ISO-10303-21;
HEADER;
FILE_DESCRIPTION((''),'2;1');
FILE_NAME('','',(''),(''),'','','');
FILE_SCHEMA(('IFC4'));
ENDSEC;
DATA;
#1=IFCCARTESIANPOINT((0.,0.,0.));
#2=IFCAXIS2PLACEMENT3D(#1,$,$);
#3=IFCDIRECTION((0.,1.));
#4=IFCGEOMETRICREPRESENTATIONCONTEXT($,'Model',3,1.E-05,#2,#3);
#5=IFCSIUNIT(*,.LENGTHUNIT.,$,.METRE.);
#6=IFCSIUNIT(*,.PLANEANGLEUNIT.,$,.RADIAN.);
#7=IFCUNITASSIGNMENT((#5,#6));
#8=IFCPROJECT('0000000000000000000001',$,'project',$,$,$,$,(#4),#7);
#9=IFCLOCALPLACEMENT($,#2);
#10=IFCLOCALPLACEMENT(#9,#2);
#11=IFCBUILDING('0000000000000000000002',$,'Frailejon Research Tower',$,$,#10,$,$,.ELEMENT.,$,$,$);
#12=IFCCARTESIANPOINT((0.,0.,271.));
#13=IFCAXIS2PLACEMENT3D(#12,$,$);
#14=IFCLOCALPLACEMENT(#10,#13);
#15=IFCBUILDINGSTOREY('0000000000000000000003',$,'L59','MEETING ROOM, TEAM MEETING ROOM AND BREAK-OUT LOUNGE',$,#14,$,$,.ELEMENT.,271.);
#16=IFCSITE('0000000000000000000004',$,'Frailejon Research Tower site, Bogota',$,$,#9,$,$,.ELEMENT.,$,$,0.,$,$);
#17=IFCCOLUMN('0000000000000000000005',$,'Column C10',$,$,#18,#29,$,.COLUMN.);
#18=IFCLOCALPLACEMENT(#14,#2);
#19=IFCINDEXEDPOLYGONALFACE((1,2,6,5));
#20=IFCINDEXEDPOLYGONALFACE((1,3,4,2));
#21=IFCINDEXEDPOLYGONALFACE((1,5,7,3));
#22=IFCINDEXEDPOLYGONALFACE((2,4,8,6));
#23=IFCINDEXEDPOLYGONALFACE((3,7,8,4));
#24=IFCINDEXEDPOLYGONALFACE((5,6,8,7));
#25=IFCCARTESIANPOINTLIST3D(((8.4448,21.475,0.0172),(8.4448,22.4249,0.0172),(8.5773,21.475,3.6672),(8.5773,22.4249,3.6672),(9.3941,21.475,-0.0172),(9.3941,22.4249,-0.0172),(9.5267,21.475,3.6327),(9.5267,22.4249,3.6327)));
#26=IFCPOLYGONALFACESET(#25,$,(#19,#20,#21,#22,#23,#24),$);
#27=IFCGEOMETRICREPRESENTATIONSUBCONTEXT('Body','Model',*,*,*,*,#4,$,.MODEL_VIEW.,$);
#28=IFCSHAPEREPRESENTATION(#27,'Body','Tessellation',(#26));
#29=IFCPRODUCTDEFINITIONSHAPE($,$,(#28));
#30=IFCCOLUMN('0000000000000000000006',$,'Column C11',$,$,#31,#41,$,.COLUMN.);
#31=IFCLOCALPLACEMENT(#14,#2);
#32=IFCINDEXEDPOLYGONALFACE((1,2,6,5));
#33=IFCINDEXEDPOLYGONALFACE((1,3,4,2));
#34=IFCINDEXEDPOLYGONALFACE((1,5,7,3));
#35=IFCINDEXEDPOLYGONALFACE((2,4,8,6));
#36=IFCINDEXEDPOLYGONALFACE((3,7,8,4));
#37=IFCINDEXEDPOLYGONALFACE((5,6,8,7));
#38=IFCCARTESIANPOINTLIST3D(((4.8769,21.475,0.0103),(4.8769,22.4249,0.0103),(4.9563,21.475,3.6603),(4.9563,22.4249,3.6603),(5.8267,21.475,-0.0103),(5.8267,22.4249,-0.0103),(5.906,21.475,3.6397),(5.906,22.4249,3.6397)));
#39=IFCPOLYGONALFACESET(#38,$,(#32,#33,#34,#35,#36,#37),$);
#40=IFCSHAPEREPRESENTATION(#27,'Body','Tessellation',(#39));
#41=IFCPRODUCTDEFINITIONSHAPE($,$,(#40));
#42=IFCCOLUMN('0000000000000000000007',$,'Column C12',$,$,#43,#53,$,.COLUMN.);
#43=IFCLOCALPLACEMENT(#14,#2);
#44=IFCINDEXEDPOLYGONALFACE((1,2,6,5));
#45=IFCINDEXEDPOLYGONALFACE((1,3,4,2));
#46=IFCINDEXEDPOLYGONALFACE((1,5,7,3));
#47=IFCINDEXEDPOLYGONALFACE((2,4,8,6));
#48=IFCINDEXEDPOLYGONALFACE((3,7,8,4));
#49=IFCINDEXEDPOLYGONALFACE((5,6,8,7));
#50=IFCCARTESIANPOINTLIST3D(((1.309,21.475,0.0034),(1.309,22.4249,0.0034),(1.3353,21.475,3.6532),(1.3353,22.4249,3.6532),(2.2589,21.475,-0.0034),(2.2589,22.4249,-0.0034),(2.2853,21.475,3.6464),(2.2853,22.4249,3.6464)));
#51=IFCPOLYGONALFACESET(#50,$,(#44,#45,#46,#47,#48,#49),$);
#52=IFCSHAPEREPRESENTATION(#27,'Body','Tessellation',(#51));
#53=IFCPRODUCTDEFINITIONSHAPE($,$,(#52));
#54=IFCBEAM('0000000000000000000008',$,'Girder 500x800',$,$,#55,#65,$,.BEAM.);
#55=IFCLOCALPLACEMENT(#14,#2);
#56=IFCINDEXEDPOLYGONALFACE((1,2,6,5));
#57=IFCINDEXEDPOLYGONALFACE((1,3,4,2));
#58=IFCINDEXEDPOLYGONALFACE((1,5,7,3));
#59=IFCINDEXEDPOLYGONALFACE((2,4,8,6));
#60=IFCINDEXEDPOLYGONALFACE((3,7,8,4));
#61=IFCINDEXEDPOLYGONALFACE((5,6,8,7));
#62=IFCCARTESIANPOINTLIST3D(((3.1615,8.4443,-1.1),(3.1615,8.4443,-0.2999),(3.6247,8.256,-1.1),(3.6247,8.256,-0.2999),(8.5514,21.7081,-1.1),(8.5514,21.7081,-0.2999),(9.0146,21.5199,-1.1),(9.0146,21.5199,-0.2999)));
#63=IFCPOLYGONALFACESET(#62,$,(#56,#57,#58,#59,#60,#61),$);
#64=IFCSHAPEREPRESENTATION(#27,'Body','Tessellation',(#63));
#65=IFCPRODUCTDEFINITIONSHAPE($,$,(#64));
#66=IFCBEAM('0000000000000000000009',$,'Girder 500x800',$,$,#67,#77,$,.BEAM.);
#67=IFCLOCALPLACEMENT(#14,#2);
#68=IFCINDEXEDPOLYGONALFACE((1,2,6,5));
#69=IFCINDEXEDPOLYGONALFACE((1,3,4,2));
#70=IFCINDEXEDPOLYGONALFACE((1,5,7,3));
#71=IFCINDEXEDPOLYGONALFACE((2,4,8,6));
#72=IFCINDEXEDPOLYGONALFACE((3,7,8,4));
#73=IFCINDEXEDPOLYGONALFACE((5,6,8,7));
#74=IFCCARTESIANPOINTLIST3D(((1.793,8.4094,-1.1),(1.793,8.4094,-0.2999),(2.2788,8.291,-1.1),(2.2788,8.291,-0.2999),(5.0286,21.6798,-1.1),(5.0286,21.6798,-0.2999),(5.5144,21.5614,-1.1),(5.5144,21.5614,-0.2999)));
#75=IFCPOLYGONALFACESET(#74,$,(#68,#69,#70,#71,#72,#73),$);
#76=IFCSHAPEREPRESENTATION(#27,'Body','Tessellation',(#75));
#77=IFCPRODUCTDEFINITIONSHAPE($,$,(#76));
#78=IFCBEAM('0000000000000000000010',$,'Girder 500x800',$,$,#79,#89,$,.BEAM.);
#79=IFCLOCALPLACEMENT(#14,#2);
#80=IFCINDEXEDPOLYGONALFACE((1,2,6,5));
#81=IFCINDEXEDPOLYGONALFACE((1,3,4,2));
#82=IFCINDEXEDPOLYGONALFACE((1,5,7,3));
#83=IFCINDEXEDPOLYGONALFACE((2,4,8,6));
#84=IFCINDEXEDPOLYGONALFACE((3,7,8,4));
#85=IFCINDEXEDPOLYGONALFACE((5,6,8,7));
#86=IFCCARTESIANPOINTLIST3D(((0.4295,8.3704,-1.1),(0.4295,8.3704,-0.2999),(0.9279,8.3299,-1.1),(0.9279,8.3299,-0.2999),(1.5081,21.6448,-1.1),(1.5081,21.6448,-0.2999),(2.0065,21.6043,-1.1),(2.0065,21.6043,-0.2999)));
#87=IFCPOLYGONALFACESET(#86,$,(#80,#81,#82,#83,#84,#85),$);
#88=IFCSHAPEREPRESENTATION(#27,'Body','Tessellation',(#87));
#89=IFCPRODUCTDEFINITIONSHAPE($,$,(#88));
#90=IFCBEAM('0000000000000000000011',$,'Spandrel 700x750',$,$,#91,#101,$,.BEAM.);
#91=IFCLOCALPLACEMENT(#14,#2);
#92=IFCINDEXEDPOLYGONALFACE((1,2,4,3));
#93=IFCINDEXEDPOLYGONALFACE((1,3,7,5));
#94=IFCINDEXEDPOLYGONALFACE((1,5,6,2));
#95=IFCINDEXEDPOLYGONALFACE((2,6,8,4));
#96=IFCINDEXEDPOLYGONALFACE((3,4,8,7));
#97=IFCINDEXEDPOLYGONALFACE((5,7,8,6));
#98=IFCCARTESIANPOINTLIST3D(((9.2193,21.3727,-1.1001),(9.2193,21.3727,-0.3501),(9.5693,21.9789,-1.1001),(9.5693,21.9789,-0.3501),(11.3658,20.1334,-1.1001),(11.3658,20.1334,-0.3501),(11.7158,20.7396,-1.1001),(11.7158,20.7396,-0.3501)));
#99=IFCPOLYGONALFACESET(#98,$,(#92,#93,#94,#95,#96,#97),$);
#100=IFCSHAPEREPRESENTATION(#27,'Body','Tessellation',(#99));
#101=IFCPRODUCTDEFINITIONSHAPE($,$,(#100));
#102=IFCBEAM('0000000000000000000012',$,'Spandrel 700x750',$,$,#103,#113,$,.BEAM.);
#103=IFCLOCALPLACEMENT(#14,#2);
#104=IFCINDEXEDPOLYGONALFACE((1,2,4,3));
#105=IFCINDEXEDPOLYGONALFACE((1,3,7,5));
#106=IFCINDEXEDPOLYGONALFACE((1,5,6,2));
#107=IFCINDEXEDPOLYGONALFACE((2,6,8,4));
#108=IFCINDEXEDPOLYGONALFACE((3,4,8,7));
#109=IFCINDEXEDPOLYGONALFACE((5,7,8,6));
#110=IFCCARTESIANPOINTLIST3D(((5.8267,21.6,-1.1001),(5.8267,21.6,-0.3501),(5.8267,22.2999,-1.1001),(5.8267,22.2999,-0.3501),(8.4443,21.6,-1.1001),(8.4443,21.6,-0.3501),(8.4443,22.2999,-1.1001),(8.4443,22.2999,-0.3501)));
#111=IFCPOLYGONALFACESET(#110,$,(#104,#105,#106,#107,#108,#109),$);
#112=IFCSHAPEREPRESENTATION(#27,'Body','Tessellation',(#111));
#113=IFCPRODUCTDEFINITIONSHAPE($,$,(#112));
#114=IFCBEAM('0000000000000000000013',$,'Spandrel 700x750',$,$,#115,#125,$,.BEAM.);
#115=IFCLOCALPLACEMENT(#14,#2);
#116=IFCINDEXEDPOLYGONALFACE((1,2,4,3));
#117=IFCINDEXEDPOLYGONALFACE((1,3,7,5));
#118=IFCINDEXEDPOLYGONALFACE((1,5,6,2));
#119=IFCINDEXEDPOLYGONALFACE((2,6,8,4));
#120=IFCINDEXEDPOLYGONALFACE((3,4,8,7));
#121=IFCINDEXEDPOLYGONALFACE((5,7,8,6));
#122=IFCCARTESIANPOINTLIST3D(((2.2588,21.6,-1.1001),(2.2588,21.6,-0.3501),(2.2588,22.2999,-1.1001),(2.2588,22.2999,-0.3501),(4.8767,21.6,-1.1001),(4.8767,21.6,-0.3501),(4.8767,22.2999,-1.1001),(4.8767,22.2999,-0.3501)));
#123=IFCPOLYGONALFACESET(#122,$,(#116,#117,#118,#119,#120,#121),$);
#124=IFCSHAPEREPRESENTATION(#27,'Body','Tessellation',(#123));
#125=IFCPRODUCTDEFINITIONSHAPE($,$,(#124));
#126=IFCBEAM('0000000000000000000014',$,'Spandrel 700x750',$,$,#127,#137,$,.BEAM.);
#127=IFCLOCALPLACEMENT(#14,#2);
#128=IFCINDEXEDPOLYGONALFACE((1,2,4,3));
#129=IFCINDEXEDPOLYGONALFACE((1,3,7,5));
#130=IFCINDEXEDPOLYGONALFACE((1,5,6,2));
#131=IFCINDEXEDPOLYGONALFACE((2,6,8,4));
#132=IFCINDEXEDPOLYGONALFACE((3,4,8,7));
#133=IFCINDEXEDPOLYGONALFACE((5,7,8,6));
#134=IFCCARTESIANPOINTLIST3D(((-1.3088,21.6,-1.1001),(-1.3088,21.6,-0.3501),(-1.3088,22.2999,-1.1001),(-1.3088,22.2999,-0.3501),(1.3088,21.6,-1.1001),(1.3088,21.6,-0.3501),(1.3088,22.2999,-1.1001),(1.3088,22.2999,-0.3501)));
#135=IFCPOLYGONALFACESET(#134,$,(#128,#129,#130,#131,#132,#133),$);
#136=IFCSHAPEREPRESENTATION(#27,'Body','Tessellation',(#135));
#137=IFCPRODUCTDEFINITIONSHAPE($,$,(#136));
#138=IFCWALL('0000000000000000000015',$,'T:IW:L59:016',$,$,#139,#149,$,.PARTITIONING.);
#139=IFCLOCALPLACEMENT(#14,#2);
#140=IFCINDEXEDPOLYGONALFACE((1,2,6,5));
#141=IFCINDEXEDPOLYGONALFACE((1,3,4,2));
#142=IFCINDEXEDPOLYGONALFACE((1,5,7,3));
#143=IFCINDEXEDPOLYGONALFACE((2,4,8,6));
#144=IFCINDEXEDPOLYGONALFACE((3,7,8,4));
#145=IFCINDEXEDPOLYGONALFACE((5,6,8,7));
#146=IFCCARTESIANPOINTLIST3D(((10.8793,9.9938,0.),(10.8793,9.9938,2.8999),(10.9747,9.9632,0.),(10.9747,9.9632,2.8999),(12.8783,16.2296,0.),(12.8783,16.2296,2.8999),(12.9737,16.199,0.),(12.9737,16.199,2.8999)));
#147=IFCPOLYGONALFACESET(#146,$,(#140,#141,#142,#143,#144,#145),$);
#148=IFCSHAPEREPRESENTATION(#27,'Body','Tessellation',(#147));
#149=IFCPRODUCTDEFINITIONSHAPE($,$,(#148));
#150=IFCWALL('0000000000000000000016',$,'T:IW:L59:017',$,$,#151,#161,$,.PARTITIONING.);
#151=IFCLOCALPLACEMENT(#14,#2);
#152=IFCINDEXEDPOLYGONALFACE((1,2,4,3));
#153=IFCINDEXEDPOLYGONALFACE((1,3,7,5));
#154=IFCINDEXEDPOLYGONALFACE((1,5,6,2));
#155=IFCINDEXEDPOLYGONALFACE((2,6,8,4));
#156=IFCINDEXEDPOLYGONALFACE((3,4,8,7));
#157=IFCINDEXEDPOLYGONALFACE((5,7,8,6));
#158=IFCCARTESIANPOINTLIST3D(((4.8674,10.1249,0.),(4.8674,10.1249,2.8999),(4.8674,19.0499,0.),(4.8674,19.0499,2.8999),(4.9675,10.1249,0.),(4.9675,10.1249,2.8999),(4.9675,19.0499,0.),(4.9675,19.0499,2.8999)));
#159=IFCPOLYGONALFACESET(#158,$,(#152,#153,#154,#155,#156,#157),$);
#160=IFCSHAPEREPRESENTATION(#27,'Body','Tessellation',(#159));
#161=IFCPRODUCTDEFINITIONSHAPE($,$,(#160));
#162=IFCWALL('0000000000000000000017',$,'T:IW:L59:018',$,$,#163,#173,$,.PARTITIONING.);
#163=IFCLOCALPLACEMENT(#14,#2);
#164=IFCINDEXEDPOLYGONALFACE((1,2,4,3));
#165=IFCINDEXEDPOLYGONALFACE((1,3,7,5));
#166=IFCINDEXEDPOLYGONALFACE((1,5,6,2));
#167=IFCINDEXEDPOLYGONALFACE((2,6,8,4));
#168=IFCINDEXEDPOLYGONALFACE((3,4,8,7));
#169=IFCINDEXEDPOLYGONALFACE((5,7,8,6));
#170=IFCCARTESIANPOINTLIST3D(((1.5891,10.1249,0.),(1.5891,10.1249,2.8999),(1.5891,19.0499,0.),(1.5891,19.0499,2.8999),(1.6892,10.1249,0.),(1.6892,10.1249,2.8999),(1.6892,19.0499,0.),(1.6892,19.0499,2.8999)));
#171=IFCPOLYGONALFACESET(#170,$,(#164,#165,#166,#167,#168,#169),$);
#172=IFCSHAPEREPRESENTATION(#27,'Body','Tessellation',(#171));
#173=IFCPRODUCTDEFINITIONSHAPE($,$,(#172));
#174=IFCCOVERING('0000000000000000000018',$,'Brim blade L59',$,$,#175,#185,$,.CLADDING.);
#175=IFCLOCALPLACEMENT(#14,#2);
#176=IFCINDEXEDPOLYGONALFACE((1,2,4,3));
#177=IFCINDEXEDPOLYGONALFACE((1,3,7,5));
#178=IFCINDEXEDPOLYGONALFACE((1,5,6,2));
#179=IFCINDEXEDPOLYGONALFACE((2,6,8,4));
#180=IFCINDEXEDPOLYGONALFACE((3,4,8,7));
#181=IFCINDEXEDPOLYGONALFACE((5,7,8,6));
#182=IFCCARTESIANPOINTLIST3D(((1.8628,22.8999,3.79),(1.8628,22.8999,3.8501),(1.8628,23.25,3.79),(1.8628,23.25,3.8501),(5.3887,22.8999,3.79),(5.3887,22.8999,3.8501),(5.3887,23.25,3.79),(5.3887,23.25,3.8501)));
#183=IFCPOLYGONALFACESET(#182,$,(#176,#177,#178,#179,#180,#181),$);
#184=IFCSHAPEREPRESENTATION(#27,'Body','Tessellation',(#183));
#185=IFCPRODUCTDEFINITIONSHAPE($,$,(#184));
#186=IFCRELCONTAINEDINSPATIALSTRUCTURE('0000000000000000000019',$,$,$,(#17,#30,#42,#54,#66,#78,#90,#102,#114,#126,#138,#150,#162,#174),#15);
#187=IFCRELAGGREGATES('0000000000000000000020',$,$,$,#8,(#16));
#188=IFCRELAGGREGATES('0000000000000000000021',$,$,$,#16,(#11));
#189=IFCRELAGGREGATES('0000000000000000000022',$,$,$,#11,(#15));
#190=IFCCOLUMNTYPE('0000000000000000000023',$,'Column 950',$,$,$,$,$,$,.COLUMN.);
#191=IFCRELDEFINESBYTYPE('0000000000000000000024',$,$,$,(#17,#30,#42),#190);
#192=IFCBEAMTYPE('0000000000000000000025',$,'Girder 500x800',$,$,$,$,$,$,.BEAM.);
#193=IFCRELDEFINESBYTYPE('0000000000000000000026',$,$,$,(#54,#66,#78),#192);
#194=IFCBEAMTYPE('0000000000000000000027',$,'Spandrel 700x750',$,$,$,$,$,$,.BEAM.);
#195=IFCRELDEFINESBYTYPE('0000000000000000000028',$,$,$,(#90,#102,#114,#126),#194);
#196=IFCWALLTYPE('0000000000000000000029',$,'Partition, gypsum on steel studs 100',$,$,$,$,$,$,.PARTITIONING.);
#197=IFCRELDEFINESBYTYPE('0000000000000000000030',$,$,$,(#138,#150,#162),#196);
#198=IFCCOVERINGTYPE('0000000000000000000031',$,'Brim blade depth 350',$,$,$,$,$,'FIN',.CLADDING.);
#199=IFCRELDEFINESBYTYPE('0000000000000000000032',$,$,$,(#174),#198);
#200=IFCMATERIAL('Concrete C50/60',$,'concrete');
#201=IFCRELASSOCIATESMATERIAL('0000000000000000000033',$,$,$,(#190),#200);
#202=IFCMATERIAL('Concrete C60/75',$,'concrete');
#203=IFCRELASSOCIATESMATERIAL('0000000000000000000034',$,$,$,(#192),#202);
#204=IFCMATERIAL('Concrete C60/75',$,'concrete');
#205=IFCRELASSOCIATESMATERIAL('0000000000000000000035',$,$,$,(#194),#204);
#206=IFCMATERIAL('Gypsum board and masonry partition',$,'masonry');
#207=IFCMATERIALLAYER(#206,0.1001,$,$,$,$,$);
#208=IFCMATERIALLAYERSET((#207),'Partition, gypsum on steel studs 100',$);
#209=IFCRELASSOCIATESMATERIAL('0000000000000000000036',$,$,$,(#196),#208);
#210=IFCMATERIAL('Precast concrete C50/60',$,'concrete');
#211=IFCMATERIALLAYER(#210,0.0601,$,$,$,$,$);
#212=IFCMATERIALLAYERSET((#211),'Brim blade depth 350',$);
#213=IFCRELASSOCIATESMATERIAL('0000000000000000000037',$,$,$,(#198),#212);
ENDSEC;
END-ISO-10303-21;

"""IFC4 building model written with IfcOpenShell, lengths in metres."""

from ifc_helpers import new_model, si_unit, direction, frame, frame_2d, origin, origin_2d, place, context, subcontext, project, spatial, polyline, rectangle, outline, extrude, material, layer, layer_set, material_profile, profile_set, type_object, element, save


model = new_model("IFC4")

# Units and contexts
model_context = context("Model", 3, precision=1e-05, world=origin(), true_north=direction((0.0, 1.0)))
body_context = subcontext(model_context, "Body", "Model", "MODEL_VIEW")
ifc_project = project(units=[si_unit("LENGTHUNIT", "METRE"), si_unit("PLANEANGLEUNIT", "RADIAN")], contexts=[model_context])

# Site, building, storey
site_placement = place(None, origin())
site = spatial("IfcSite", under=ifc_project, at=site_placement, Name="Frailejon Research Tower site, Bogota", CompositionType="ELEMENT", RefElevation=0.0)
building_placement = place(site_placement, origin())
building = spatial("IfcBuilding", under=site, at=building_placement, Name="Frailejon Research Tower", CompositionType="ELEMENT")
storey_placement = place(building_placement, frame((0.0, 0.0, 271.0)))
storey = spatial("IfcBuildingStorey", under=building, at=storey_placement, Name="L59", Description="MEETING ROOM, TEAM MEETING ROOM AND BREAK-OUT LOUNGE", CompositionType="ELEMENT", Elevation=271.0)

# Columns
ifc_material_1 = material(Name="Concrete C50/60", Category="concrete")
ifc_material_profile_1 = material_profile(ifc_material_1, rectangle(XDim=0.95, YDim=0.95, at=origin_2d()), Name="Column 950")
ifc_profile_set_1 = profile_set([ifc_material_profile_1], Name="Concrete C50/60")
column_type = type_object("IfcColumnType", Name="Column 950", PredefinedType="COLUMN", material=ifc_profile_set_1)
column_1_placement = place(storey_placement, frame((8.9194, 21.95, 0.0), z_axis=(0.036297, 0.0, 0.999341), x_axis=(-0.999341, 0.0, 0.036297)))
element("IfcColumn", 1, at=column_1_placement, inside=storey, type_object=column_type, Name="Column C10", PredefinedType="COLUMN", context=body_context, shape_type="SweptSolid", body=[
    extrude(rectangle(XDim=0.95, YDim=0.95, at=origin_2d()), origin(), (0.0, 0.0, 1.0), 3.6523),
])
column_2_placement = place(storey_placement, frame((5.3518, 21.95, 0.0), z_axis=(0.021734, 0.0, 0.999764), x_axis=(-0.999764, 0.0, 0.021734)))
element("IfcColumn", 2, at=column_2_placement, inside=storey, type_object=column_type, Name="Column C11", PredefinedType="COLUMN", context=body_context, shape_type="SweptSolid", body=[
    extrude(rectangle(XDim=0.95, YDim=0.95, at=origin_2d()), origin(), (0.0, 0.0, 1.0), 3.6509),
])
column_3_placement = place(storey_placement, frame((1.7839, 21.95, 0.0), z_axis=(0.007224, 0.0, 0.999974), x_axis=(-0.999974, 0.0, 0.007224)))
element("IfcColumn", 3, at=column_3_placement, inside=storey, type_object=column_type, Name="Column C12", PredefinedType="COLUMN", context=body_context, shape_type="SweptSolid", body=[
    extrude(rectangle(XDim=0.95, YDim=0.95, at=origin_2d()), origin(), (0.0, 0.0, 1.0), 3.6499),
])

# Beams
ifc_material_2 = material(Name="Concrete C60/75", Category="concrete")
ifc_material_profile_2 = material_profile(ifc_material_2, rectangle(XDim=0.5, YDim=0.8, at=origin_2d()), Name="Girder 500x800")
ifc_profile_set_2 = profile_set([ifc_material_profile_2], Name="Concrete C60/75")
beam_type_1 = type_object("IfcBeamType", Name="Girder 500x800", PredefinedType="BEAM", material=ifc_profile_set_2)
beam_1_placement = place(storey_placement, frame((8.783, 21.614, -0.7), z_axis=(-0.376463, -0.926432, 0.0), x_axis=(0.926432, -0.376463, 0.0)))
element("IfcBeam", 4, at=beam_1_placement, inside=storey, type_object=beam_type_1, Name="Girder 500x800", PredefinedType="BEAM", context=body_context, shape_type="SweptSolid", body=[
    extrude(rectangle(XDim=0.5, YDim=0.8, at=origin_2d()), origin(), (0.0, 0.0, 1.0), 14.3171),
])
beam_2_placement = place(storey_placement, frame((5.2715, 21.6206, -0.7), z_axis=(-0.236879, -0.971539, 0.0), x_axis=(0.971539, -0.236879, 0.0)))
element("IfcBeam", 5, at=beam_2_placement, inside=storey, type_object=beam_type_1, Name="Girder 500x800", PredefinedType="BEAM", context=body_context, shape_type="SweptSolid", body=[
    extrude(rectangle(XDim=0.5, YDim=0.8, at=origin_2d()), origin(), (0.0, 0.0, 1.0), 13.6592),
])
beam_3_placement = place(storey_placement, frame((1.7573, 21.6245, -0.7), z_axis=(-0.080988, -0.996715, 0.0), x_axis=(0.996715, -0.080988, 0.0)))
element("IfcBeam", 6, at=beam_3_placement, inside=storey, type_object=beam_type_1, Name="Girder 500x800", PredefinedType="BEAM", context=body_context, shape_type="SweptSolid", body=[
    extrude(rectangle(XDim=0.5, YDim=0.8, at=origin_2d()), origin(), (0.0, 0.0, 1.0), 13.3181),
])
ifc_material_3 = material(Name="Concrete C60/75", Category="concrete")
ifc_material_profile_3 = material_profile(ifc_material_3, rectangle(XDim=0.7, YDim=0.75, at=origin_2d()), Name="Spandrel 700x750")
ifc_profile_set_3 = profile_set([ifc_material_profile_3], Name="Concrete C60/75")
beam_type_2 = type_object("IfcBeamType", Name="Spandrel 700x750", PredefinedType="BEAM", material=ifc_profile_set_3)
beam_4_placement = place(storey_placement, frame((11.5408, 20.4365, -0.7251), z_axis=(-0.866028, 0.499995, 0.0), x_axis=(-0.499995, -0.866028, 0.0)))
element("IfcBeam", 7, at=beam_4_placement, inside=storey, type_object=beam_type_2, Name="Spandrel 700x750", PredefinedType="BEAM", context=body_context, shape_type="SweptSolid", body=[
    extrude(rectangle(XDim=0.7, YDim=0.75, at=origin_2d()), origin(), (0.0, 0.0, 1.0), 2.4785),
])
beam_5_placement = place(storey_placement, frame((8.4443, 21.95, -0.7251), z_axis=(-1.0, 0.0, 0.0), x_axis=(0.0, -1.0, 0.0)))
element("IfcBeam", 8, at=beam_5_placement, inside=storey, type_object=beam_type_2, Name="Spandrel 700x750", PredefinedType="BEAM", context=body_context, shape_type="SweptSolid", body=[
    extrude(rectangle(XDim=0.7, YDim=0.75, at=origin_2d()), origin(), (0.0, 0.0, 1.0), 2.6177),
])
beam_6_placement = place(storey_placement, frame((4.8767, 21.95, -0.7251), z_axis=(-1.0, 0.0, 0.0), x_axis=(0.0, -1.0, 0.0)))
element("IfcBeam", 9, at=beam_6_placement, inside=storey, type_object=beam_type_2, Name="Spandrel 700x750", PredefinedType="BEAM", context=body_context, shape_type="SweptSolid", body=[
    extrude(rectangle(XDim=0.7, YDim=0.75, at=origin_2d()), origin(), (0.0, 0.0, 1.0), 2.6179),
])
beam_7_placement = place(storey_placement, frame((1.3088, 21.95, -0.7251), z_axis=(-1.0, 0.0, 0.0), x_axis=(0.0, -1.0, 0.0)))
element("IfcBeam", 10, at=beam_7_placement, inside=storey, type_object=beam_type_2, Name="Spandrel 700x750", PredefinedType="BEAM", context=body_context, shape_type="SweptSolid", body=[
    extrude(rectangle(XDim=0.7, YDim=0.75, at=origin_2d()), origin(), (0.0, 0.0, 1.0), 2.6177),
])

# Walls
ifc_material_4 = material(Name="Gypsum board and masonry partition", Category="masonry")
ifc_layer_1 = layer(ifc_material_4, 0.1001)
ifc_layer_set_1 = layer_set([ifc_layer_1], Name="Partition, gypsum on steel studs 100")
wall_type_1 = type_object("IfcWallType", Name="Partition, gypsum on steel studs 100", PredefinedType="PARTITIONING", material=ifc_layer_set_1)
wall_1_placement = place(storey_placement, frame((10.927, 9.9785, 0.0), z_axis=(0.0, 0.0, 1.0), x_axis=(0.305268, 0.952266, 0.0)))
element("IfcWall", 11, at=wall_1_placement, inside=storey, type_object=wall_type_1, Name="T:IW:L59:016", PredefinedType="PARTITIONING", context=body_context, shape_type="SweptSolid", body=[
    extrude(rectangle(XDim=6.5483, YDim=0.1001, at=frame_2d((3.2742, 0.0))), origin(), (0.0, 0.0, 1.0), 2.8999),
])
for number, where, z_axis, x_axis, name in (
    (12, (4.9175, 10.125, 0.0), (0.0, 0.0, 1.0), (0.0, 1.0, 0.0), "T:IW:L59:017"),
    (13, (1.6392, 10.125, 0.0), (0.0, 0.0, 1.0), (0.0, 1.0, 0.0), "T:IW:L59:018"),
):
    element("IfcWall", number, at=place(storey_placement, frame(where, z_axis=z_axis, x_axis=x_axis)), inside=storey, type_object=wall_type_1, Name=name, PredefinedType="PARTITIONING", context=body_context, shape_type="SweptSolid", body=[
        extrude(rectangle(XDim=8.925, YDim=0.1001, at=frame_2d((4.4624, 0.0))), origin(), (0.0, 0.0, 1.0), 2.8999),
    ])

# Covering
ifc_material_5 = material(Name="Precast concrete C50/60", Category="concrete")
ifc_layer_2 = layer(ifc_material_5, 0.0601)
ifc_layer_set_2 = layer_set([ifc_layer_2], Name="Brim blade depth 350")
covering_type_1 = type_object("IfcCoveringType", Name="Brim blade depth 350", ElementType="FIN", PredefinedType="CLADDING", material=ifc_layer_set_2)
covering_1_placement = place(storey_placement, frame((1.8628, 22.8999, 3.8501), z_axis=(1.0, 0.0, 0.0), x_axis=(0.0, 1.0, 0.0)))
element("IfcCovering", 14, at=covering_1_placement, inside=storey, type_object=covering_type_1, Name="Brim blade L59", PredefinedType="CLADDING", context=body_context, shape_type="SweptSolid", body=[
    extrude(outline(polyline([(0.0, -0.0601), (0.3501, -0.0601), (0.3501, 0.0), (0.0, 0.0), (0.0, -0.0601)])), origin(), (0.0, 0.0, 1.0), 3.5259),
])

save(model, "model.ifc")
